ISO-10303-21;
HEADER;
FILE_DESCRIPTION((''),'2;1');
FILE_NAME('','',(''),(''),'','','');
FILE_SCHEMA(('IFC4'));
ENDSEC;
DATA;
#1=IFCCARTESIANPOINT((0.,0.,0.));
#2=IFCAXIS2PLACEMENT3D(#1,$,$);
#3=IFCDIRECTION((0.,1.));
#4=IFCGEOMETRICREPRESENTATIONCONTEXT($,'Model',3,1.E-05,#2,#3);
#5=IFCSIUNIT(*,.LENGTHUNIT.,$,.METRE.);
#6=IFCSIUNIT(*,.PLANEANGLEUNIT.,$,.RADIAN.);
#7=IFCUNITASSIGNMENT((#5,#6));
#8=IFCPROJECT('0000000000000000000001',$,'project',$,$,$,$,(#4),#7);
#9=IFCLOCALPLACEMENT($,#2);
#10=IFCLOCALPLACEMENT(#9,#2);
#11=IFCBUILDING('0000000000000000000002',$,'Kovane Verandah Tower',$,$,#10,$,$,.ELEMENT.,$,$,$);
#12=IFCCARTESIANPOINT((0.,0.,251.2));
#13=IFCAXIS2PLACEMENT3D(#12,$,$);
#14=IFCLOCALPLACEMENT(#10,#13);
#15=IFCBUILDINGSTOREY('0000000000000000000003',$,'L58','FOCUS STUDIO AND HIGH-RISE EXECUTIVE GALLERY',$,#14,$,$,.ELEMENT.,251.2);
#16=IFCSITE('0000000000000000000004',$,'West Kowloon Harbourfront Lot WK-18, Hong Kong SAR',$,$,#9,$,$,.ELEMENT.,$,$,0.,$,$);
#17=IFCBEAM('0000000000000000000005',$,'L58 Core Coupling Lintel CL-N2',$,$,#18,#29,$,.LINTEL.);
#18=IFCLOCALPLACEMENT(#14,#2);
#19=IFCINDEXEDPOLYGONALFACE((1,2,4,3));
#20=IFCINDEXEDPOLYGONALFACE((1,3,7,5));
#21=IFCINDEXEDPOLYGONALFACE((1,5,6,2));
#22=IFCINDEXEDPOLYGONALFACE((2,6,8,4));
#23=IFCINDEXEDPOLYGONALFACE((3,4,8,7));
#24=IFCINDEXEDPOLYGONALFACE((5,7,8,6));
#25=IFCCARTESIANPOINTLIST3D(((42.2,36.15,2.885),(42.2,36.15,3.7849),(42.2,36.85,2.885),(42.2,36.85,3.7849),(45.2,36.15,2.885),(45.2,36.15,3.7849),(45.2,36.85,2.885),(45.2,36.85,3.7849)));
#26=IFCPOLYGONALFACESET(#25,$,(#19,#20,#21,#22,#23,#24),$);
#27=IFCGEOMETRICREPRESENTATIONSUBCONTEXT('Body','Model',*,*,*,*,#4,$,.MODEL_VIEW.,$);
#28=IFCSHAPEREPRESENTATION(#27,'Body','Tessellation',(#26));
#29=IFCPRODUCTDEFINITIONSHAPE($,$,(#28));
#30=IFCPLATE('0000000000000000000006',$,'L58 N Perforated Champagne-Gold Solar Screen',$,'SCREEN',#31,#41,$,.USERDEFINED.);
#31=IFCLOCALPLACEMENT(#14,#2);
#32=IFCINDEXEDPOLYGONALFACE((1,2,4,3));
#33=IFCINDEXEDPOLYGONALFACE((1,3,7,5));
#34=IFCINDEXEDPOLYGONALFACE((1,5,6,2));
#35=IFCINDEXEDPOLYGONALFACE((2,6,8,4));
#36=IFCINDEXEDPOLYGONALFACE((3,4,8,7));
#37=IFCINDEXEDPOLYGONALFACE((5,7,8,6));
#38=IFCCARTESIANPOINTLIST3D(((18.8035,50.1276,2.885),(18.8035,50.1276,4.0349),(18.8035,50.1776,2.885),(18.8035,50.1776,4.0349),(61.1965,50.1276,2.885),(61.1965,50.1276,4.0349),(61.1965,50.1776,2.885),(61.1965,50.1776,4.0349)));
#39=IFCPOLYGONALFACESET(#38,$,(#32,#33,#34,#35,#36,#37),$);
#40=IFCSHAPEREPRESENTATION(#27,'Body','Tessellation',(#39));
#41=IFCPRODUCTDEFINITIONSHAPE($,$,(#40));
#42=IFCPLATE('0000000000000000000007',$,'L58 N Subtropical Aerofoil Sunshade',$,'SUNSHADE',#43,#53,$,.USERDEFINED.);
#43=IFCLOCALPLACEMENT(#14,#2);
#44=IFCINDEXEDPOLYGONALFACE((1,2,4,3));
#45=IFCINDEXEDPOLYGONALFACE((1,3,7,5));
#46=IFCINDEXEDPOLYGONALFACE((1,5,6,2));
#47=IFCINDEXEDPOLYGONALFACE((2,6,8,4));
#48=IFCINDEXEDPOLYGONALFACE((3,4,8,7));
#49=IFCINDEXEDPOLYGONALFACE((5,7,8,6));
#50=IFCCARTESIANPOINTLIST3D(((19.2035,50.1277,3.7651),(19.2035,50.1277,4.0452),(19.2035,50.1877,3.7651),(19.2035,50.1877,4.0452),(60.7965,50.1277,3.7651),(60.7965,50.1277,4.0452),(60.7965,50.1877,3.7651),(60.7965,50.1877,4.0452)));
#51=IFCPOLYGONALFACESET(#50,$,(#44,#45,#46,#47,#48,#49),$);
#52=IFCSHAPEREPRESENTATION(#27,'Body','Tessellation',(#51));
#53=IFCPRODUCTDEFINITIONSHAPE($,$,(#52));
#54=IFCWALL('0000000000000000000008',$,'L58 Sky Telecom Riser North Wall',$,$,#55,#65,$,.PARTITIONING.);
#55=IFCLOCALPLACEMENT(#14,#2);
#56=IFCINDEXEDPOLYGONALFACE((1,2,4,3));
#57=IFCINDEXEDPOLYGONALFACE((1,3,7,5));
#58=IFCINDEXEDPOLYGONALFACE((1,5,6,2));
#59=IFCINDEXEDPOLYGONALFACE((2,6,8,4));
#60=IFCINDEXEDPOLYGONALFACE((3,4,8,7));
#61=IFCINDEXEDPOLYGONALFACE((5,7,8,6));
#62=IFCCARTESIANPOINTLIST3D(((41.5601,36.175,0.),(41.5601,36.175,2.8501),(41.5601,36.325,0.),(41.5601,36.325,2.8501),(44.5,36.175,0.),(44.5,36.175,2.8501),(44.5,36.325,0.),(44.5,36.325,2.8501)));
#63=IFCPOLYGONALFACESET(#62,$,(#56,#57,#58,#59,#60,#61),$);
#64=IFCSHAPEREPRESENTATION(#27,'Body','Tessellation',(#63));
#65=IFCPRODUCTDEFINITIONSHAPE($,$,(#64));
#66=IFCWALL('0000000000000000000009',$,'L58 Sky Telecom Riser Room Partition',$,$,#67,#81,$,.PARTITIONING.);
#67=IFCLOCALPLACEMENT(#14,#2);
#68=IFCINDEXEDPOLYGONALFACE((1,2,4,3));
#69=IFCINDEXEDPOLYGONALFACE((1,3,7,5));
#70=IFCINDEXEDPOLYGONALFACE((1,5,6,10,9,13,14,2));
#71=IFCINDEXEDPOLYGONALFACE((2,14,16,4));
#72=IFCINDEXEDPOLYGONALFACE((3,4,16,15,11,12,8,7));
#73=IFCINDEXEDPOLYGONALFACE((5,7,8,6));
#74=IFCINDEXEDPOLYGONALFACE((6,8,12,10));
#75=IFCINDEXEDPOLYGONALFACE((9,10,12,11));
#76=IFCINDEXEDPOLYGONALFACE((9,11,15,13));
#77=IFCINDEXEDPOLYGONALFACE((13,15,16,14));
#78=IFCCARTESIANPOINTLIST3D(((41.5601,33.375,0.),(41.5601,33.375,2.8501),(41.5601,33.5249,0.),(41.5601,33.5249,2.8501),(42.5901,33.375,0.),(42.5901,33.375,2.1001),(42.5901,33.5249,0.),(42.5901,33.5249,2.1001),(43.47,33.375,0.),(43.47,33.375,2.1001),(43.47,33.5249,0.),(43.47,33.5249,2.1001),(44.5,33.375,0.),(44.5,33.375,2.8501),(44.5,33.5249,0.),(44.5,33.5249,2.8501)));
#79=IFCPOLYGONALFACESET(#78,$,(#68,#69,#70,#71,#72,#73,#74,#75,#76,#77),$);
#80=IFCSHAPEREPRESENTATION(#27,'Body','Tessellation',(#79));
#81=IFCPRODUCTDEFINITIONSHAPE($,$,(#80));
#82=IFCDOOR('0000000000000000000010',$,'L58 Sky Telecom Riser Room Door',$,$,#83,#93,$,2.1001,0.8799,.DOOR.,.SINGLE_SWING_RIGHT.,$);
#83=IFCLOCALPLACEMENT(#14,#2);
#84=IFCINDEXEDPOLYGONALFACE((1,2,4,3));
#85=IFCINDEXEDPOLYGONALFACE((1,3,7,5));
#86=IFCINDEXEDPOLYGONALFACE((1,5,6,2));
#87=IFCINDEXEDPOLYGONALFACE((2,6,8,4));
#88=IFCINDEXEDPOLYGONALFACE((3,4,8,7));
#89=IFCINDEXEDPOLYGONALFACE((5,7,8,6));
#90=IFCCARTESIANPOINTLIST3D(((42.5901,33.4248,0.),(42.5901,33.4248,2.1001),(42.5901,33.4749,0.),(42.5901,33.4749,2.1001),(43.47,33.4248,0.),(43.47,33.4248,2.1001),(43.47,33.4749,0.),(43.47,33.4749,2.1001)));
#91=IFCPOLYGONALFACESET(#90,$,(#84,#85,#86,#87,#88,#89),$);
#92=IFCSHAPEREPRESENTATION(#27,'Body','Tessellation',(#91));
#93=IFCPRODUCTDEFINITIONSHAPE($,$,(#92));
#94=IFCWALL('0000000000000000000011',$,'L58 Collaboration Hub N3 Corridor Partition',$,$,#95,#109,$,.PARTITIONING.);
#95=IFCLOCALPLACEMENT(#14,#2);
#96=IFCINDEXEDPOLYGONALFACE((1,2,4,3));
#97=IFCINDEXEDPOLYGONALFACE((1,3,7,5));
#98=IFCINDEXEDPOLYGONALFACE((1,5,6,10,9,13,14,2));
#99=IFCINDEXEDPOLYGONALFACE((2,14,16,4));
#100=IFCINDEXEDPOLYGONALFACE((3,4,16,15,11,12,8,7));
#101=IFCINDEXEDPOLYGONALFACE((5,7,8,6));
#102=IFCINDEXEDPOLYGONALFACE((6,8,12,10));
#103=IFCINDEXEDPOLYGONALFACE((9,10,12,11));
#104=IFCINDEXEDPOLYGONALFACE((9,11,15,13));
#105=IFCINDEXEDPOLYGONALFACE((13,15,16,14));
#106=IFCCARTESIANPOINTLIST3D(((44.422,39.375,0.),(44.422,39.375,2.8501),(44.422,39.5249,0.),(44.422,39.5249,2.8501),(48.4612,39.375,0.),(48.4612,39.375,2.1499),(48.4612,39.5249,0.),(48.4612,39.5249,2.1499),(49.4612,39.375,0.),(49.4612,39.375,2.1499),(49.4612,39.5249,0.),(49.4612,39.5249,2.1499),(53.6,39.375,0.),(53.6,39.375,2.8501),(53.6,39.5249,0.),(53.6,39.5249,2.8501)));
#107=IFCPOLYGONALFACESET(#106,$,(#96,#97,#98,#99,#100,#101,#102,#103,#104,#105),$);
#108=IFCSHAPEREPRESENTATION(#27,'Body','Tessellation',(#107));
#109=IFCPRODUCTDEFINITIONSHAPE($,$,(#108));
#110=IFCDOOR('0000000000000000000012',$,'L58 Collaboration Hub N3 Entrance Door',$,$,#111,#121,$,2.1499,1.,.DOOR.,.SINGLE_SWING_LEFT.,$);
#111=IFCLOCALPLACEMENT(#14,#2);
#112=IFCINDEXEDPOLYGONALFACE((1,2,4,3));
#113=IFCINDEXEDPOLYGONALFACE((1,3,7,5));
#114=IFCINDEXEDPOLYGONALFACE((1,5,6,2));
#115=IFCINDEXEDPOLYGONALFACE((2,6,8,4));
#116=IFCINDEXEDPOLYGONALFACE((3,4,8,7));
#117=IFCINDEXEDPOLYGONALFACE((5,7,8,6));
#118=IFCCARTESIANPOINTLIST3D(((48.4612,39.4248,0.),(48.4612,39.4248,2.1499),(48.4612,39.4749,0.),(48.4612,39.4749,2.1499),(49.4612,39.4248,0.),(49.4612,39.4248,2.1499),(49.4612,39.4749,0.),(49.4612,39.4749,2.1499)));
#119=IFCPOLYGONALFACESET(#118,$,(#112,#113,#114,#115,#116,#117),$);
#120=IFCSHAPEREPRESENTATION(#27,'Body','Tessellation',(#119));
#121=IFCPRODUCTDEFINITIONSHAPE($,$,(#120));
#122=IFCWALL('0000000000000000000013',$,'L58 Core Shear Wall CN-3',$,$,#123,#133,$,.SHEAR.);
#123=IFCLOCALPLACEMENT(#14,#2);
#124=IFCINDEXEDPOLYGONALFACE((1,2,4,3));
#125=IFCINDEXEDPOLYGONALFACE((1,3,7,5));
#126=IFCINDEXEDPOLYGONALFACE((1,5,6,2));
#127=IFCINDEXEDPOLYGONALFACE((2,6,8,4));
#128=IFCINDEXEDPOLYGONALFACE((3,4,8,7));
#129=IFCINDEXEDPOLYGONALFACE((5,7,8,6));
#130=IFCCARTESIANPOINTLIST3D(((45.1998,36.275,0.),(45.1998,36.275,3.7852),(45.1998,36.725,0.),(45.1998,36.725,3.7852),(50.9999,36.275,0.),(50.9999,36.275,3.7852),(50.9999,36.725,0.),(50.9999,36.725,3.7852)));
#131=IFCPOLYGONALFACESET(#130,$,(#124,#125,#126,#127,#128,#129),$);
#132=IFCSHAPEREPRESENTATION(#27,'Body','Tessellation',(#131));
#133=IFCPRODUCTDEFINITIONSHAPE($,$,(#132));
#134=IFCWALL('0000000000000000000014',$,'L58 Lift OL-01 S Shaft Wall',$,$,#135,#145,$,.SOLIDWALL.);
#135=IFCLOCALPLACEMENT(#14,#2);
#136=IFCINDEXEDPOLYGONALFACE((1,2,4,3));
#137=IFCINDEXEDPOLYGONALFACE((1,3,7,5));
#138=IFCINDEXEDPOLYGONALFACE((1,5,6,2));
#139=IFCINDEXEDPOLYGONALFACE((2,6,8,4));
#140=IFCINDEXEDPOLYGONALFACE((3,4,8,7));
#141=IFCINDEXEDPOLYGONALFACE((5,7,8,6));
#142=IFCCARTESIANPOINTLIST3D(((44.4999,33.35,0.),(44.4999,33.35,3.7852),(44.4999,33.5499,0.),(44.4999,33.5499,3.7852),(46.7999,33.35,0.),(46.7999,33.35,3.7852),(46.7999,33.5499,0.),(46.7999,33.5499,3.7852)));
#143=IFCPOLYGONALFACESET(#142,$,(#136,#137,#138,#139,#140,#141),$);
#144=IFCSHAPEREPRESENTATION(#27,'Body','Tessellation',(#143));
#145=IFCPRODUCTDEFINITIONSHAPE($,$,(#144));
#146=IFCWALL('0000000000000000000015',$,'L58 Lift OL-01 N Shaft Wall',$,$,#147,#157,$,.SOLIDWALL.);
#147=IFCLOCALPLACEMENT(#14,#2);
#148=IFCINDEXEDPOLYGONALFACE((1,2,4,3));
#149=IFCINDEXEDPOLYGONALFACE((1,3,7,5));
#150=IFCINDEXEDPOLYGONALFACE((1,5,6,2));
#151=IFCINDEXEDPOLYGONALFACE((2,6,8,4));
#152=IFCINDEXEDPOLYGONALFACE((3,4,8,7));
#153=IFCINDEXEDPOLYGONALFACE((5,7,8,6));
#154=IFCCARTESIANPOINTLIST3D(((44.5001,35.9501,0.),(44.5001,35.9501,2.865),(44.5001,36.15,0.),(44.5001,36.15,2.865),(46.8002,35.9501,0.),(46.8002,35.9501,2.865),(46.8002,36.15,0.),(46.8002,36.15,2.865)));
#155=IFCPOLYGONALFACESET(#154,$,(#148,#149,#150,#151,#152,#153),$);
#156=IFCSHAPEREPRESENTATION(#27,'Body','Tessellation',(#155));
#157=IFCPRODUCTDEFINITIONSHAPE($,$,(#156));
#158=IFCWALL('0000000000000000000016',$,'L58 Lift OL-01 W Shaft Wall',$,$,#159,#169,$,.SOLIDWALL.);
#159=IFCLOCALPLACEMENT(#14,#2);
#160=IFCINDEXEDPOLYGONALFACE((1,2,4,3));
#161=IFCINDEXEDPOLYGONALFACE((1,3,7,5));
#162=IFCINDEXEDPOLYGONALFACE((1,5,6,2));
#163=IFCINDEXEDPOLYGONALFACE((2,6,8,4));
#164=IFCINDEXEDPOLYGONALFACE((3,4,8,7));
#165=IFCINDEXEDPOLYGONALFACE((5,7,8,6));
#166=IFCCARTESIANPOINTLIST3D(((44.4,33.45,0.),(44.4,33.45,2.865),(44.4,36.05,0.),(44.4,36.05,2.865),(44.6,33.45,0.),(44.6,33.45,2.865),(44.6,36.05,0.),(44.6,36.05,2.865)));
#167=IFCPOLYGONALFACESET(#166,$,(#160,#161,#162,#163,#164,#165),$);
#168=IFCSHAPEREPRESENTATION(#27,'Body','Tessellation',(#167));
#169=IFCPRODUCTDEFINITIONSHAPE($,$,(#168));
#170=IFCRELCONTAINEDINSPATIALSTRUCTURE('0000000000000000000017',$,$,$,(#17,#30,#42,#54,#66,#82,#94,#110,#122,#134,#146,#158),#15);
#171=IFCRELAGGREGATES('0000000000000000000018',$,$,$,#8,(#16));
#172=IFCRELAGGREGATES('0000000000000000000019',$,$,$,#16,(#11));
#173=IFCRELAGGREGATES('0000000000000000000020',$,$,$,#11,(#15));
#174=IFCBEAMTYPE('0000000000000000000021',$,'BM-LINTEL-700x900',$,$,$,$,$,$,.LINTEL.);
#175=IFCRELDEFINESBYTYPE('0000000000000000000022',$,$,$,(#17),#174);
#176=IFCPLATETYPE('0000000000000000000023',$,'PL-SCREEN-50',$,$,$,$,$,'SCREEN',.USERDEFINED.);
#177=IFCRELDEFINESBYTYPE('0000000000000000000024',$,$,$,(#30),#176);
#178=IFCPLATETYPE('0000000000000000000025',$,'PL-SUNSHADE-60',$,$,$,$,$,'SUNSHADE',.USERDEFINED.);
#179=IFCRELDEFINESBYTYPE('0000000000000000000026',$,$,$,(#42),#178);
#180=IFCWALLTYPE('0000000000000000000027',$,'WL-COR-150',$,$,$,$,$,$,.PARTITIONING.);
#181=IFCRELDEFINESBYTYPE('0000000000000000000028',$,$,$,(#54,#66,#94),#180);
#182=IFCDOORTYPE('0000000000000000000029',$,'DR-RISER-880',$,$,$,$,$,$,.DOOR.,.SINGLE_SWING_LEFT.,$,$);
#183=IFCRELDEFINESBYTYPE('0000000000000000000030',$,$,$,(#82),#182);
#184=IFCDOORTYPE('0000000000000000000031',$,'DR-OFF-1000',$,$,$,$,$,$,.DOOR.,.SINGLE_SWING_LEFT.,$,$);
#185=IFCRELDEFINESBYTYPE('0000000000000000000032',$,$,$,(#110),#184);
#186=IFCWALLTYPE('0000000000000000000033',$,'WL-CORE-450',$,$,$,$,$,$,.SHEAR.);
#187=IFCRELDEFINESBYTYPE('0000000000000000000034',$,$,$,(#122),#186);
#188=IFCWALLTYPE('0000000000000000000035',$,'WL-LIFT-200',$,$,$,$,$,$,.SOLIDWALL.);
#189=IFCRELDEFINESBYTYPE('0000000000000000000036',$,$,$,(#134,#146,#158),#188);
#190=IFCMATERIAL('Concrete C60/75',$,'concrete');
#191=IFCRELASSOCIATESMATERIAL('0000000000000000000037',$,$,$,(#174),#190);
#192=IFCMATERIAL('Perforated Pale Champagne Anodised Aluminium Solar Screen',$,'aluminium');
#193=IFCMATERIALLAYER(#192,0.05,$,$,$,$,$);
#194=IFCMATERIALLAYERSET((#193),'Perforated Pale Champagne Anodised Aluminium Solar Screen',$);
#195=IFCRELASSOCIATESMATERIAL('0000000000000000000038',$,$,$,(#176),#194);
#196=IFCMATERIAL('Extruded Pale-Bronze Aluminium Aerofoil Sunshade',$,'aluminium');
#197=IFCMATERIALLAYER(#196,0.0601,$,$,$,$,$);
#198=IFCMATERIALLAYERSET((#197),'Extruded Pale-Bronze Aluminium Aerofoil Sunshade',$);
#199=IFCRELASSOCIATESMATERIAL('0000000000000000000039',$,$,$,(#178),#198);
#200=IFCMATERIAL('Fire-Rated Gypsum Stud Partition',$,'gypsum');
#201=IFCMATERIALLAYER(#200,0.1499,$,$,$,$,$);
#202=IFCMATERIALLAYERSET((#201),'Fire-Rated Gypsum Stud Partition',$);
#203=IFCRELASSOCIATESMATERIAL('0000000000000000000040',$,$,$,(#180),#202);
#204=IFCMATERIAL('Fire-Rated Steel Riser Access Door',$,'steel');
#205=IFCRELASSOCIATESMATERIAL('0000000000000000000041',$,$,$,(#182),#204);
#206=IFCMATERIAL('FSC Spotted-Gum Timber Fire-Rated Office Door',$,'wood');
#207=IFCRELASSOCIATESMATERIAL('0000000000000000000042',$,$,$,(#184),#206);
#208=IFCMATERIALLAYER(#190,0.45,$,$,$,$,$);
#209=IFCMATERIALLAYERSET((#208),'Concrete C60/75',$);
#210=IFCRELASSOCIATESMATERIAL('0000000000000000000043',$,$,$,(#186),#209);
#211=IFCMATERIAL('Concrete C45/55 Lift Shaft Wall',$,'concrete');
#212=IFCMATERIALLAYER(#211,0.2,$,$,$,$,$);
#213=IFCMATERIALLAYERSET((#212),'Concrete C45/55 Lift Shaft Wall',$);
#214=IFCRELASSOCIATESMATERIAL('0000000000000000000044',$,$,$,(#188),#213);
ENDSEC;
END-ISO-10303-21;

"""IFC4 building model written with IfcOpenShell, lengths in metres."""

from ifc_helpers import new_model, si_unit, direction, frame, frame_2d, origin, origin_2d, place, context, subcontext, project, spatial, rectangle, extrude, material, layer, layer_set, material_profile, profile_set, type_object, element, fill, save


model = new_model("IFC4")

# Units and contexts
model_context = context("Model", 3, precision=1e-05, world=origin(), true_north=direction((0.0, 1.0)))
body_context = subcontext(model_context, "Body", "Model", "MODEL_VIEW")
ifc_project = project(units=[si_unit("LENGTHUNIT", "METRE"), si_unit("PLANEANGLEUNIT", "RADIAN")], contexts=[model_context])

# Site, building, storey
site_placement = place(None, origin())
site = spatial("IfcSite", under=ifc_project, at=site_placement, Name="West Kowloon Harbourfront Lot WK-18, Hong Kong SAR", CompositionType="ELEMENT", RefElevation=0.0)
building_placement = place(site_placement, origin())
building = spatial("IfcBuilding", under=site, at=building_placement, Name="Kovane Verandah Tower", CompositionType="ELEMENT")
storey_placement = place(building_placement, frame((0.0, 0.0, 251.2)))
storey = spatial("IfcBuildingStorey", under=building, at=storey_placement, Name="L58", Description="FOCUS STUDIO AND HIGH-RISE EXECUTIVE GALLERY", CompositionType="ELEMENT", Elevation=251.2)

# Beam
ifc_material_1 = material(Name="Concrete C60/75", Category="concrete")
ifc_material_profile = material_profile(ifc_material_1, rectangle(XDim=0.7, YDim=0.8999, at=origin_2d()), Name="RCB700x900")
ifc_profile_set = profile_set([ifc_material_profile], Name="Concrete C60/75")
beam_type = type_object("IfcBeamType", Name="BM-LINTEL-700x900", PredefinedType="LINTEL", material=ifc_profile_set)
beam_placement = place(storey_placement, frame((42.2, 36.5, 3.335), z_axis=(1.0, 0.0, 0.0), x_axis=(0.0, 1.0, 0.0)))
element("IfcBeam", 1, at=beam_placement, inside=storey, type_object=beam_type, Name="L58 Core Coupling Lintel CL-N2", PredefinedType="LINTEL", context=body_context, shape_type="SweptSolid", body=[
    extrude(rectangle(XDim=0.7, YDim=0.8999, at=origin_2d()), origin(), (0.0, 0.0, 1.0), 3.0),
])

# Plates
ifc_material_2 = material(Name="Perforated Pale Champagne Anodised Aluminium Solar Screen", Category="aluminium")
ifc_layer_1 = layer(ifc_material_2, 0.05)
ifc_layer_set_1 = layer_set([ifc_layer_1], Name="Perforated Pale Champagne Anodised Aluminium Solar Screen")
plate_type_1 = type_object("IfcPlateType", Name="PL-SCREEN-50", ElementType="SCREEN", PredefinedType="USERDEFINED", material=ifc_layer_set_1)
plate_1_placement = place(storey_placement, frame((40.0, 50.1526, 2.885), z_axis=(0.0, 0.0, 1.0), x_axis=(-1.0, 0.0, 0.0)))
element("IfcPlate", 2, at=plate_1_placement, inside=storey, type_object=plate_type_1, Name="L58 N Perforated Champagne-Gold Solar Screen", ObjectType="SCREEN", PredefinedType="USERDEFINED", context=body_context, shape_type="SweptSolid", body=[
    extrude(rectangle(XDim=42.3931, YDim=0.05, at=origin_2d()), origin(), (0.0, 0.0, 1.0), 1.1499),
])
ifc_material_3 = material(Name="Extruded Pale-Bronze Aluminium Aerofoil Sunshade", Category="aluminium")
ifc_layer_2 = layer(ifc_material_3, 0.0601)
ifc_layer_set_2 = layer_set([ifc_layer_2], Name="Extruded Pale-Bronze Aluminium Aerofoil Sunshade")
plate_type_2 = type_object("IfcPlateType", Name="PL-SUNSHADE-60", ElementType="SUNSHADE", PredefinedType="USERDEFINED", material=ifc_layer_set_2)
plate_2_placement = place(storey_placement, frame((40.0, 50.1577, 3.7651), z_axis=(0.0, 0.0, 1.0), x_axis=(-1.0, 0.0, 0.0)))
element("IfcPlate", 3, at=plate_2_placement, inside=storey, type_object=plate_type_2, Name="L58 N Subtropical Aerofoil Sunshade", ObjectType="SUNSHADE", PredefinedType="USERDEFINED", context=body_context, shape_type="SweptSolid", body=[
    extrude(rectangle(XDim=41.593, YDim=0.0601, at=origin_2d()), origin(), (0.0, 0.0, 1.0), 0.28),
])

# Wall
ifc_material_4 = material(Name="Fire-Rated Gypsum Stud Partition", Category="gypsum")
ifc_layer_3 = layer(ifc_material_4, 0.1499)
ifc_layer_set_3 = layer_set([ifc_layer_3], Name="Fire-Rated Gypsum Stud Partition")
wall_type_1 = type_object("IfcWallType", Name="WL-COR-150", PredefinedType="PARTITIONING", material=ifc_layer_set_3)
wall_1_placement = place(storey_placement, frame((41.5601, 36.25, 0.0), z_axis=(0.0, 0.0, 1.0), x_axis=(1.0, 0.0, 0.0)))
element("IfcWall", 4, at=wall_1_placement, inside=storey, type_object=wall_type_1, Name="L58 Sky Telecom Riser North Wall", PredefinedType="PARTITIONING", context=body_context, shape_type="SweptSolid", body=[
    extrude(rectangle(XDim=2.9399, YDim=0.1499, at=frame_2d((1.47, 0.0))), origin(), (0.0, 0.0, 1.0), 2.8501),
])

# Walls, openings, doors
wall_2_placement = place(storey_placement, frame((41.5601, 33.45, 0.0), z_axis=(0.0, 0.0, 1.0), x_axis=(1.0, 0.0, 0.0)))
wall_2 = element("IfcWall", 5, at=wall_2_placement, inside=storey, type_object=wall_type_1, Name="L58 Sky Telecom Riser Room Partition", PredefinedType="PARTITIONING", context=body_context, shape_type="SweptSolid", body=[
    extrude(rectangle(XDim=2.9399, YDim=0.1499, at=frame_2d((1.47, 0.0))), origin(), (0.0, 0.0, 1.0), 2.8501),
])
opening_1_placement = place(wall_2_placement, frame((1.03, 0.0, 0.0)))
opening_1 = element("IfcOpeningElement", 6, at=opening_1_placement, cuts=wall_2, PredefinedType="OPENING", context=body_context, shape_type="SweptSolid", body=[
    extrude(rectangle(XDim=0.8799, YDim=2.1001, at=frame_2d((0.4399, 1.05))), frame((0.0, 0.075, 0.0), z_axis=(0.0, -1.0, 0.0), x_axis=(1.0, 0.0, 0.0)), (0.0, 0.0, 1.0), 0.1499),
])
ifc_material_5 = material(Name="Fire-Rated Steel Riser Access Door", Category="steel")
door_type_1 = type_object("IfcDoorType", Name="DR-RISER-880", OperationType="SINGLE_SWING_LEFT", PredefinedType="DOOR", material=ifc_material_5)
door_1_placement = place(opening_1_placement, origin())
door_1 = element("IfcDoor", 7, at=door_1_placement, inside=storey, type_object=door_type_1, Name="L58 Sky Telecom Riser Room Door", OperationType="SINGLE_SWING_RIGHT", OverallHeight=2.1001, OverallWidth=0.8799, PredefinedType="DOOR", context=body_context, shape_type="SweptSolid", body=[
    extrude(rectangle(XDim=0.8799, YDim=2.1001, at=frame_2d((0.4399, 1.05))), frame((0.0, 0.0249, 0.0), z_axis=(0.0, -1.0, 0.0), x_axis=(1.0, 0.0, 0.0)), (0.0, 0.0, 1.0), 0.05),
])
fill(opening_1, door_1)
wall_3_placement = place(storey_placement, frame((44.4221, 39.45, 0.0), z_axis=(0.0, 0.0, 1.0), x_axis=(1.0, 0.0, 0.0)))
wall_3 = element("IfcWall", 8, at=wall_3_placement, inside=storey, type_object=wall_type_1, Name="L58 Collaboration Hub N3 Corridor Partition", PredefinedType="PARTITIONING", context=body_context, shape_type="SweptSolid", body=[
    extrude(rectangle(XDim=9.178, YDim=0.1499, at=frame_2d((4.5889, 0.0))), origin(), (0.0, 0.0, 1.0), 2.8501),
])
opening_2_placement = place(wall_3_placement, frame((4.0391, 0.0, 0.0)))
opening_2 = element("IfcOpeningElement", 9, at=opening_2_placement, cuts=wall_3, PredefinedType="OPENING", context=body_context, shape_type="SweptSolid", body=[
    extrude(rectangle(XDim=1.0, YDim=2.1499, at=frame_2d((0.5, 1.075))), frame((0.0, 0.075, 0.0), z_axis=(0.0, -1.0, 0.0), x_axis=(1.0, 0.0, 0.0)), (0.0, 0.0, 1.0), 0.1499),
])
ifc_material_6 = material(Name="FSC Spotted-Gum Timber Fire-Rated Office Door", Category="wood")
door_type_2 = type_object("IfcDoorType", Name="DR-OFF-1000", OperationType="SINGLE_SWING_LEFT", PredefinedType="DOOR", material=ifc_material_6)
door_2_placement = place(opening_2_placement, origin())
door_2 = element("IfcDoor", 10, at=door_2_placement, inside=storey, type_object=door_type_2, Name="L58 Collaboration Hub N3 Entrance Door", OperationType="SINGLE_SWING_LEFT", OverallHeight=2.1499, OverallWidth=1.0, PredefinedType="DOOR", context=body_context, shape_type="SweptSolid", body=[
    extrude(rectangle(XDim=1.0, YDim=2.1499, at=frame_2d((0.5, 1.075))), frame((0.0, 0.0249, 0.0), z_axis=(0.0, -1.0, 0.0), x_axis=(1.0, 0.0, 0.0)), (0.0, 0.0, 1.0), 0.05),
])
fill(opening_2, door_2)

# Walls
ifc_layer_4 = layer(ifc_material_1, 0.45)
ifc_layer_set_4 = layer_set([ifc_layer_4], Name="Concrete C60/75")
wall_type_2 = type_object("IfcWallType", Name="WL-CORE-450", PredefinedType="SHEAR", material=ifc_layer_set_4)
wall_4_placement = place(storey_placement, frame((45.2, 36.5, 0.0), z_axis=(0.0, 0.0, 1.0), x_axis=(1.0, 0.0, 0.0)))
element("IfcWall", 11, at=wall_4_placement, inside=storey, type_object=wall_type_2, Name="L58 Core Shear Wall CN-3", PredefinedType="SHEAR", context=body_context, shape_type="SweptSolid", body=[
    extrude(rectangle(XDim=5.8, YDim=0.45, at=frame_2d((2.8999, 0.0))), origin(), (0.0, 0.0, 1.0), 3.7852),
])
ifc_material_7 = material(Name="Concrete C45/55 Lift Shaft Wall", Category="concrete")
ifc_layer_5 = layer(ifc_material_7, 0.2)
ifc_layer_set_5 = layer_set([ifc_layer_5], Name="Concrete C45/55 Lift Shaft Wall")
wall_type_3 = type_object("IfcWallType", Name="WL-LIFT-200", PredefinedType="SOLIDWALL", material=ifc_layer_set_5)
wall_5_placement = place(storey_placement, frame((44.5, 33.45, 0.0), z_axis=(0.0, 0.0, 1.0), x_axis=(1.0, 0.0, 0.0)))
element("IfcWall", 12, at=wall_5_placement, inside=storey, type_object=wall_type_3, Name="L58 Lift OL-01 S Shaft Wall", PredefinedType="SOLIDWALL", context=body_context, shape_type="SweptSolid", body=[
    extrude(rectangle(XDim=2.3, YDim=0.2, at=frame_2d((1.1499, 0.0))), origin(), (0.0, 0.0, 1.0), 3.7852),
])
wall_6_placement = place(storey_placement, frame((46.8, 36.05, 0.0), z_axis=(0.0, 0.0, 1.0), x_axis=(-1.0, 0.0, 0.0)))
element("IfcWall", 13, at=wall_6_placement, inside=storey, type_object=wall_type_3, Name="L58 Lift OL-01 N Shaft Wall", PredefinedType="SOLIDWALL", context=body_context, shape_type="SweptSolid", body=[
    extrude(rectangle(XDim=2.3, YDim=0.2, at=frame_2d((1.1499, 0.0))), origin(), (0.0, 0.0, 1.0), 2.865),
])
wall_7_placement = place(storey_placement, frame((44.5, 36.05, 0.0), z_axis=(0.0, 0.0, 1.0), x_axis=(0.0, -1.0, 0.0)))
element("IfcWall", 14, at=wall_7_placement, inside=storey, type_object=wall_type_3, Name="L58 Lift OL-01 W Shaft Wall", PredefinedType="SOLIDWALL", context=body_context, shape_type="SweptSolid", body=[
    extrude(rectangle(XDim=2.6001, YDim=0.2, at=frame_2d((1.3, 0.0))), origin(), (0.0, 0.0, 1.0), 2.865),
])

save(model, "model.ifc")
